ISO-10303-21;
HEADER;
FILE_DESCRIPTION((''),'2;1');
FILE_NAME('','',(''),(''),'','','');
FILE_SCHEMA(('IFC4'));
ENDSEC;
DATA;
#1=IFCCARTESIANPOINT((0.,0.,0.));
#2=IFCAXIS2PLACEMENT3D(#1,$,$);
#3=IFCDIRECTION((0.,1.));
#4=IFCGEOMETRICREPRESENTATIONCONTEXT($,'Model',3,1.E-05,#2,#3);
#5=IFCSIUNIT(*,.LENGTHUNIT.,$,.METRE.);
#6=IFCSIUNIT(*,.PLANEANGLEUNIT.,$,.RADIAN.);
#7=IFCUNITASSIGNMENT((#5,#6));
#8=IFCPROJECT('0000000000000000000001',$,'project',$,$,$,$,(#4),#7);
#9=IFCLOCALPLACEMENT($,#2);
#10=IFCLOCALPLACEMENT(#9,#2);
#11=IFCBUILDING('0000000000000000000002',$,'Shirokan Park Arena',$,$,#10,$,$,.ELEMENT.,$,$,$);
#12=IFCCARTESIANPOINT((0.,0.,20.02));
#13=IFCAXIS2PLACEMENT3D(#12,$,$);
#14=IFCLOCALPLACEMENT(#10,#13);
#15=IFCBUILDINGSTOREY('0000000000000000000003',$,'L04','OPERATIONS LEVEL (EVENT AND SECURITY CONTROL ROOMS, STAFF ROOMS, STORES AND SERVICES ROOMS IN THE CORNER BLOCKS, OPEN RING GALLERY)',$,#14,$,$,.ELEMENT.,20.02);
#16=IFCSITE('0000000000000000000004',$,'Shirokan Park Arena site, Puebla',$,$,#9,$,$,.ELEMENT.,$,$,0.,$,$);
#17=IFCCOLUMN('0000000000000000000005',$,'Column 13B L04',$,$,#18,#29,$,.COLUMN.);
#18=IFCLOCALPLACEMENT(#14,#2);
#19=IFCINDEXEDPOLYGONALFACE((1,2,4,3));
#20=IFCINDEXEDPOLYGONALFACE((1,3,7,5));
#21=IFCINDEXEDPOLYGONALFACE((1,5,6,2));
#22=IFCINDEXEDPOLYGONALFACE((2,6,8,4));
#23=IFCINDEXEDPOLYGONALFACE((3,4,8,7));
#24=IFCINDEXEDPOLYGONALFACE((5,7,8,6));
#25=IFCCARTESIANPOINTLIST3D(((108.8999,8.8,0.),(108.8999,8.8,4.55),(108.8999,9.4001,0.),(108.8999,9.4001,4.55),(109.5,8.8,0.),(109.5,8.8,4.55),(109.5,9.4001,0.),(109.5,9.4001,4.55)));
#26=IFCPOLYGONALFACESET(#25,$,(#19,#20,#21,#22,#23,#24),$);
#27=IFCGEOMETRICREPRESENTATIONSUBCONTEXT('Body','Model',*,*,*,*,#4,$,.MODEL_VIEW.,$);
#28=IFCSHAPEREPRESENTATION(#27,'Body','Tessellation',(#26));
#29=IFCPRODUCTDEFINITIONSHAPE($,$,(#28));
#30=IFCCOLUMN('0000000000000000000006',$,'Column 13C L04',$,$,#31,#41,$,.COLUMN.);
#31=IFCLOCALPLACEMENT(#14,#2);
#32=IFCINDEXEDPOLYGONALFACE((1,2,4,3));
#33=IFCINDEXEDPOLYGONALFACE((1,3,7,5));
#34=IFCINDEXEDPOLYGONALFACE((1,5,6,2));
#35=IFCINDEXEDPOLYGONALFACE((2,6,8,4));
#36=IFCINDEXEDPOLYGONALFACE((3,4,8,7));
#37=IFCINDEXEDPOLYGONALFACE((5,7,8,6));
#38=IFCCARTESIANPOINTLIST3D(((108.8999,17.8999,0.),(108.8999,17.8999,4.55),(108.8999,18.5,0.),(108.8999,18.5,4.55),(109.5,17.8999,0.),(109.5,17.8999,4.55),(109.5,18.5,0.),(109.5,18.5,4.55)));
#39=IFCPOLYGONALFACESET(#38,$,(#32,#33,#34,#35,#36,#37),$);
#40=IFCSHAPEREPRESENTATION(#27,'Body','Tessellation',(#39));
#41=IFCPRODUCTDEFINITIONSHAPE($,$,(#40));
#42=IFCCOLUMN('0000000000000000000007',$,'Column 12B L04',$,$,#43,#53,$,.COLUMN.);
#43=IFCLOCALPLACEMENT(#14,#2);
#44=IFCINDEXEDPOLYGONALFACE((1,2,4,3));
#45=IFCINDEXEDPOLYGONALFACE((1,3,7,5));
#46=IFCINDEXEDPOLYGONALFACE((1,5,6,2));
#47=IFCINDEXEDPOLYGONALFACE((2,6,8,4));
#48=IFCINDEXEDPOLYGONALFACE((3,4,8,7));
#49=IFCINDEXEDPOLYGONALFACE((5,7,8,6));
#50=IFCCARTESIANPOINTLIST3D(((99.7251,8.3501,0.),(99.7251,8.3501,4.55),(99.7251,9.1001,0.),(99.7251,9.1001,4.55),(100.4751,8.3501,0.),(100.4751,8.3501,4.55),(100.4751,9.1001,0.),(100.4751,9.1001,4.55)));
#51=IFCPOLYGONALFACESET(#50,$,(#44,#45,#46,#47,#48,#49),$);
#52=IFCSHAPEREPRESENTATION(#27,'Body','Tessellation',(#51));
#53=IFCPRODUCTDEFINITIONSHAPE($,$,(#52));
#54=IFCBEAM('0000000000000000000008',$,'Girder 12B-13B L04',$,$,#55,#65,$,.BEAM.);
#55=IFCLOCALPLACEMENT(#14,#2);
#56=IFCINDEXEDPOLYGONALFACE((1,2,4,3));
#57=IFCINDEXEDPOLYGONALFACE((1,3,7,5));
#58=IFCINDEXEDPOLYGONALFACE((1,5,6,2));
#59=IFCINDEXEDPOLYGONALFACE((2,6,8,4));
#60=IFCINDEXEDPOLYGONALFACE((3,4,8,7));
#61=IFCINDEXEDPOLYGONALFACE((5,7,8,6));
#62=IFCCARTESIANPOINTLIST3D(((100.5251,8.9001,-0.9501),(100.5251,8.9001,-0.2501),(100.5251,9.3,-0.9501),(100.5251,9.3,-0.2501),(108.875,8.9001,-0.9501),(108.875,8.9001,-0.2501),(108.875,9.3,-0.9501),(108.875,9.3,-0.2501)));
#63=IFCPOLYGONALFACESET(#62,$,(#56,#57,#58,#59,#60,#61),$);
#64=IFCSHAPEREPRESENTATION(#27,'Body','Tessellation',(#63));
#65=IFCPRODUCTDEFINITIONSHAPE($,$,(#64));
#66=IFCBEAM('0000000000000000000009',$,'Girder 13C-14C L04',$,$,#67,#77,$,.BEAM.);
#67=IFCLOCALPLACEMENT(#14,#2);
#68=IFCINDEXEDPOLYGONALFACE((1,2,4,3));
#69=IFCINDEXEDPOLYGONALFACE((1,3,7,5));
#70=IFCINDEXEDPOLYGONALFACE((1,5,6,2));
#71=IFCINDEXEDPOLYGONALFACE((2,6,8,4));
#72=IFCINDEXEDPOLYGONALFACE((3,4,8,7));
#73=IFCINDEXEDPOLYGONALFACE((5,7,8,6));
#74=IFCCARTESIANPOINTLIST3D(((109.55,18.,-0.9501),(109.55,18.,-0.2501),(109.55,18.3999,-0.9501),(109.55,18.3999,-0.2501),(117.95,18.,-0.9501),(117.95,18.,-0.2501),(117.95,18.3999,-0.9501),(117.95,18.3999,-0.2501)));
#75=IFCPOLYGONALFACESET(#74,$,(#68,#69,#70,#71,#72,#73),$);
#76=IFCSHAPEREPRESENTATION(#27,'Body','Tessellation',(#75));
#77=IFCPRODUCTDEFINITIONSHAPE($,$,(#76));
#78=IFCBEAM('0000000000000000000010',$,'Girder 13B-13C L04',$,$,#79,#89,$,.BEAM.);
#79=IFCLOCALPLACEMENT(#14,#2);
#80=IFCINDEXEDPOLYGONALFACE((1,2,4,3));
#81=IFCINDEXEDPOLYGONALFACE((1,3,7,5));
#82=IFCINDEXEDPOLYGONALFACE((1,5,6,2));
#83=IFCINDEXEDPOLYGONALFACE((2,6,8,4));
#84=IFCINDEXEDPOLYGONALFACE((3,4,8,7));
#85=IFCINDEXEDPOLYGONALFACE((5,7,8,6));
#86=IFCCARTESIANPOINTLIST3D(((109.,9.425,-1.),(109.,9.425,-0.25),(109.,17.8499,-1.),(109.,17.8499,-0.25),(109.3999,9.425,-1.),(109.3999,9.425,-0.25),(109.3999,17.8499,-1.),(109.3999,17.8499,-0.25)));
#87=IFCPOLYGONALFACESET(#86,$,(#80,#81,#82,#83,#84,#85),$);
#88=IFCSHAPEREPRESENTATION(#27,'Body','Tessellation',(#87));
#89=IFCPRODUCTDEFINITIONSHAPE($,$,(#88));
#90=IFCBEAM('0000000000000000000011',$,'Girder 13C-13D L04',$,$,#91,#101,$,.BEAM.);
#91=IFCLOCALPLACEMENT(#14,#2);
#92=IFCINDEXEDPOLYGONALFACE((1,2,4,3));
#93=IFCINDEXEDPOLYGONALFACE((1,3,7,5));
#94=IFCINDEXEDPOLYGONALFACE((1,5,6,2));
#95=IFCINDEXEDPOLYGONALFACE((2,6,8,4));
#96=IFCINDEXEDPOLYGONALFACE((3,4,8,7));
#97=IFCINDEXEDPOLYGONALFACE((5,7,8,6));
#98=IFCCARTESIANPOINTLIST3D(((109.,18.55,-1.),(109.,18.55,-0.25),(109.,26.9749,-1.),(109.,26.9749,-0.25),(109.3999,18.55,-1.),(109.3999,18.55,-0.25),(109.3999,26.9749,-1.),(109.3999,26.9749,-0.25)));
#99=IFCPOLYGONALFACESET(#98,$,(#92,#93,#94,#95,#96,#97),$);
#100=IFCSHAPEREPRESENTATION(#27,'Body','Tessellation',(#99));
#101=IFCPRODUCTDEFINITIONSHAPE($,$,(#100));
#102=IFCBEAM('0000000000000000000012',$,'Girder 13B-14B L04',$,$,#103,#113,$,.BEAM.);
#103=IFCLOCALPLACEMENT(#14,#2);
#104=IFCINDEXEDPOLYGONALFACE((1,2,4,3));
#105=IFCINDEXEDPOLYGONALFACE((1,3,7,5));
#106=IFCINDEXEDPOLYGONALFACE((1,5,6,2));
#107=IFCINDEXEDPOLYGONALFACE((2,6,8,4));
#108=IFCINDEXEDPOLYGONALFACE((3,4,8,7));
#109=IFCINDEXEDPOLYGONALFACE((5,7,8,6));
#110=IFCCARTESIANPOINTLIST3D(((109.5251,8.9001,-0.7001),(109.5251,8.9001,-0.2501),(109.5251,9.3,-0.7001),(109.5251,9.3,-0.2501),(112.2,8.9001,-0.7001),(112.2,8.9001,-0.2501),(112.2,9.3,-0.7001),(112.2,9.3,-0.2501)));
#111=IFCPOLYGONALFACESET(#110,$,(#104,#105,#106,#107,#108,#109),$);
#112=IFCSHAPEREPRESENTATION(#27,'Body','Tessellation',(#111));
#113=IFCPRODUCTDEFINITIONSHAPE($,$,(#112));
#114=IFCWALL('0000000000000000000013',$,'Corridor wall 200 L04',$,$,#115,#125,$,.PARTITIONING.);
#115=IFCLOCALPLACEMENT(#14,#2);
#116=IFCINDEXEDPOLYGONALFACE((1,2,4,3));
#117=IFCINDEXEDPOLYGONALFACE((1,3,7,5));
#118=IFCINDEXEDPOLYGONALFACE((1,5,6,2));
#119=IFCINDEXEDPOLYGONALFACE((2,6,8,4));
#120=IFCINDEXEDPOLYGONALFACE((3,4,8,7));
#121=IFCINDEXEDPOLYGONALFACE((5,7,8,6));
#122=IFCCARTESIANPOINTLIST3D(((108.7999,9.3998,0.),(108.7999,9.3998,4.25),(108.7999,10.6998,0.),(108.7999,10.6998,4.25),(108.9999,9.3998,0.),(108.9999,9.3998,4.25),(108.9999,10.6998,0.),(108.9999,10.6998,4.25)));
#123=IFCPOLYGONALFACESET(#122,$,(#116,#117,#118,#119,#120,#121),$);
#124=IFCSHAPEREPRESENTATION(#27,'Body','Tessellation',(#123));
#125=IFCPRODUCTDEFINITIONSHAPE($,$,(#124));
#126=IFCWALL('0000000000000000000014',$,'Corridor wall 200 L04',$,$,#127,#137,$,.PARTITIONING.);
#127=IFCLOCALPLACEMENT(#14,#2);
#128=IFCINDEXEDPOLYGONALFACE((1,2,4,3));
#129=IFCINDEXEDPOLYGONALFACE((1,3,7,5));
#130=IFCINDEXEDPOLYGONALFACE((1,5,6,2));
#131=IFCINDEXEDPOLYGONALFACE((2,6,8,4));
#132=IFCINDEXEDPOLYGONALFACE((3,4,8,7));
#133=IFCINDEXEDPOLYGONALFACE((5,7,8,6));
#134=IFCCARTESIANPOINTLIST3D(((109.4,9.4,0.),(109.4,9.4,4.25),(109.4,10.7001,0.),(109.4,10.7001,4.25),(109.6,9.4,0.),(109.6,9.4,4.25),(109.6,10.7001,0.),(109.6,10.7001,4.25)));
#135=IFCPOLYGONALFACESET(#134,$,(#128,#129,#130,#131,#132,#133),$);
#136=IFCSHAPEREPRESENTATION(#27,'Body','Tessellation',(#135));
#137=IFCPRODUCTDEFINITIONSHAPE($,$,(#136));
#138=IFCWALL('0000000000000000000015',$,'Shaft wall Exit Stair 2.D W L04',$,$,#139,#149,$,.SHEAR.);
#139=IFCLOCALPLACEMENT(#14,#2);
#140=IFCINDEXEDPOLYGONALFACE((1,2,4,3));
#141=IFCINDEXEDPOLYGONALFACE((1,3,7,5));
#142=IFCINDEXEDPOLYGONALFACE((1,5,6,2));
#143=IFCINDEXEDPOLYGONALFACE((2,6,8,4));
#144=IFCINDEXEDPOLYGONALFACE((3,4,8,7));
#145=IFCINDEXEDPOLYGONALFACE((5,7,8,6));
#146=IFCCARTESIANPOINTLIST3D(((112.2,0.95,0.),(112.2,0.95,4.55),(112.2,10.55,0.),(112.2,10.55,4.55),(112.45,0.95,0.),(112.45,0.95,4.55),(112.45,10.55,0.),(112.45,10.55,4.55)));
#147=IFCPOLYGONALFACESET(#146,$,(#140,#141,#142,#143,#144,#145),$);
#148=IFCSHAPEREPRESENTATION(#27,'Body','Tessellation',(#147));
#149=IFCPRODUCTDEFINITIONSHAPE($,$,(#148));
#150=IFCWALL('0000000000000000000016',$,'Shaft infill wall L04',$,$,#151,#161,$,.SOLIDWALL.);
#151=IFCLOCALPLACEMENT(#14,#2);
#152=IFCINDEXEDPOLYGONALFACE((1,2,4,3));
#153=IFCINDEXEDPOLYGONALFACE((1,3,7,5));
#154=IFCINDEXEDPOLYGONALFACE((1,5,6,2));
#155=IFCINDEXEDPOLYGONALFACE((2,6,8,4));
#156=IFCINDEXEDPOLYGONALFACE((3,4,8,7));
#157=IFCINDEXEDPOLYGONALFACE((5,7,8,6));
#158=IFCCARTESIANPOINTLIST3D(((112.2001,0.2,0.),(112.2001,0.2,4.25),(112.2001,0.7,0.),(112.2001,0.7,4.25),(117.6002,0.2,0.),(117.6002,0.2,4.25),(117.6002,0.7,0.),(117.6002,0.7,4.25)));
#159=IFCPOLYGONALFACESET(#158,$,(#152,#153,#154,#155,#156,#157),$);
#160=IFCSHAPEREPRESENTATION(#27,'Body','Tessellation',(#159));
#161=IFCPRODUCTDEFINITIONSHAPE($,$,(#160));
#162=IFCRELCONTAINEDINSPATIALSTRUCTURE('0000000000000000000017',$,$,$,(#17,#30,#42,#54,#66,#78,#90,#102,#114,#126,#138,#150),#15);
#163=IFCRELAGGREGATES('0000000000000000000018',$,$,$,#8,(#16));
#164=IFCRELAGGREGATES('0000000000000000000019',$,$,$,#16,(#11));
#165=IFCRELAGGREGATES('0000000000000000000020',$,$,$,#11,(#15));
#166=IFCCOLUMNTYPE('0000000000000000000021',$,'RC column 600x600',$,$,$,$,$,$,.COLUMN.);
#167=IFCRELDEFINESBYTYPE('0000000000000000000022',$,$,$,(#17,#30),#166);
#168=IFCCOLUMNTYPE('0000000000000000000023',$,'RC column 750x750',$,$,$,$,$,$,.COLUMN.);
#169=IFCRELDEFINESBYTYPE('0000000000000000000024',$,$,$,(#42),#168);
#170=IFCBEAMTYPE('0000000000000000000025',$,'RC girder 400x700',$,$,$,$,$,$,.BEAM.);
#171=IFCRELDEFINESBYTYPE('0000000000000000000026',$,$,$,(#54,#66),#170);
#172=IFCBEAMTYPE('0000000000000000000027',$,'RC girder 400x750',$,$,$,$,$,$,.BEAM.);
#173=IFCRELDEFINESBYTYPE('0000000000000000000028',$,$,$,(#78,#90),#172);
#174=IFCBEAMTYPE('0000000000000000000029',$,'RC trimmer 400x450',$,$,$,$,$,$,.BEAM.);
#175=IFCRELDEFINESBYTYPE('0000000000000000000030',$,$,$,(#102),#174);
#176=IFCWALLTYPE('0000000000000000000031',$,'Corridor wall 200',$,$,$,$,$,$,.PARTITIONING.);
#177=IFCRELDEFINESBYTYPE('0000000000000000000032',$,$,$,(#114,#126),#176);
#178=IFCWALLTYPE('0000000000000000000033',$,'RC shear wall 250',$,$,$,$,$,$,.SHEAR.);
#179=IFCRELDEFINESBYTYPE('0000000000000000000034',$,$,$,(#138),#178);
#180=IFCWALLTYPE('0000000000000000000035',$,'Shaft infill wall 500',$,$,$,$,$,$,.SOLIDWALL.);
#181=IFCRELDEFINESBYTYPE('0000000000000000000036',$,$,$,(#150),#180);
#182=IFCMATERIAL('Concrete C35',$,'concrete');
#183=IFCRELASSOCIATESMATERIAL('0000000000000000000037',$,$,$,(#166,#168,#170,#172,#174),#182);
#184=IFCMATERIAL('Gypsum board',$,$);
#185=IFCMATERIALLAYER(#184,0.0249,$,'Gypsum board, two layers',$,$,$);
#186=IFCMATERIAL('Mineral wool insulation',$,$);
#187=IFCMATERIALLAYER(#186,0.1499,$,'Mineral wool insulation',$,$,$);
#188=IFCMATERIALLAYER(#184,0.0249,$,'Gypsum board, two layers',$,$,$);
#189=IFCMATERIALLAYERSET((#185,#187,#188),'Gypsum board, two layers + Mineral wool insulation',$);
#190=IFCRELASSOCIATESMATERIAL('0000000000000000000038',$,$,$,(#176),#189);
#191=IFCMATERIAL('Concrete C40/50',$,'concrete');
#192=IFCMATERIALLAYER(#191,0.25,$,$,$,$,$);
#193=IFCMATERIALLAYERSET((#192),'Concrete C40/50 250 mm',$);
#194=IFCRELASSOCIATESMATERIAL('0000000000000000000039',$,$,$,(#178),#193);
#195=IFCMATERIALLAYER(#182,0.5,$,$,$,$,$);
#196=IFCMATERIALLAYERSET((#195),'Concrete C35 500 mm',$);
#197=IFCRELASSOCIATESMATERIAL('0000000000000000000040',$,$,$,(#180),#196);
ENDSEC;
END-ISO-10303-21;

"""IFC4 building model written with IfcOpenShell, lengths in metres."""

from ifc_helpers import new_model, si_unit, direction, frame, frame_2d, origin, origin_2d, place, context, subcontext, project, spatial, rectangle, extrude, material, layer, layer_set, material_profile, profile_set, type_object, element, save


model = new_model("IFC4")

# Units and contexts
model_context = context("Model", 3, precision=1e-05, world=origin(), true_north=direction((0.0, 1.0)))
body_context = subcontext(model_context, "Body", "Model", "MODEL_VIEW")
ifc_project = project(units=[si_unit("LENGTHUNIT", "METRE"), si_unit("PLANEANGLEUNIT", "RADIAN")], contexts=[model_context])

# Site, building, storey
site_placement = place(None, origin())
site = spatial("IfcSite", under=ifc_project, at=site_placement, Name="Shirokan Park Arena site, Puebla", CompositionType="ELEMENT", RefElevation=0.0)
building_placement = place(site_placement, origin())
building = spatial("IfcBuilding", under=site, at=building_placement, Name="Shirokan Park Arena", CompositionType="ELEMENT")
storey_placement = place(building_placement, frame((0.0, 0.0, 20.02)))
storey = spatial("IfcBuildingStorey", under=building, at=storey_placement, Name="L04", Description="OPERATIONS LEVEL (EVENT AND SECURITY CONTROL ROOMS, STAFF ROOMS, STORES AND SERVICES ROOMS IN THE CORNER BLOCKS, OPEN RING GALLERY)", CompositionType="ELEMENT", Elevation=20.02)

# Columns
ifc_material_1 = material(Name="Concrete C35", Category="concrete")
ifc_material_profile_1 = material_profile(ifc_material_1, rectangle(XDim=0.6001, YDim=0.6001, at=origin_2d()), Name="600x600")
ifc_profile_set_1 = profile_set([ifc_material_profile_1], Name="Concrete C35")
column_type_1 = type_object("IfcColumnType", Name="RC column 600x600", PredefinedType="COLUMN", material=ifc_profile_set_1)
for number, where, z_axis, x_axis, name in (
    (1, (109.2, 9.1001, 0.0), (0.0, 0.0, 1.0), (1.0, 0.0, 0.0), "Column 13B L04"),
    (2, (109.2, 18.2, 0.0), (0.0, 0.0, 1.0), (1.0, 0.0, 0.0), "Column 13C L04"),
):
    element("IfcColumn", number, at=place(storey_placement, frame(where, z_axis=z_axis, x_axis=x_axis)), inside=storey, type_object=column_type_1, Name=name, PredefinedType="COLUMN", context=body_context, shape_type="SweptSolid", body=[
        extrude(rectangle(XDim=0.6001, YDim=0.6001, at=origin_2d()), origin(), (0.0, 0.0, 1.0), 4.55),
    ])
ifc_material_profile_2 = material_profile(ifc_material_1, rectangle(XDim=0.75, YDim=0.75, at=origin_2d()), Name="750x750")
ifc_profile_set_2 = profile_set([ifc_material_profile_2], Name="Concrete C35")
column_type_2 = type_object("IfcColumnType", Name="RC column 750x750", PredefinedType="COLUMN", material=ifc_profile_set_2)
column_placement = place(storey_placement, frame((100.1001, 8.7251, 0.0), z_axis=(0.0, 0.0, 1.0), x_axis=(1.0, 0.0, 0.0)))
element("IfcColumn", 3, at=column_placement, inside=storey, type_object=column_type_2, Name="Column 12B L04", PredefinedType="COLUMN", context=body_context, shape_type="SweptSolid", body=[
    extrude(rectangle(XDim=0.75, YDim=0.75, at=origin_2d()), origin(), (0.0, 0.0, 1.0), 4.55),
])

# Beams
ifc_material_profile_3 = material_profile(ifc_material_1, rectangle(XDim=0.3999, YDim=0.7, at=origin_2d()), Name="400x700")
ifc_profile_set_3 = profile_set([ifc_material_profile_3], Name="Concrete C35")
beam_type_1 = type_object("IfcBeamType", Name="RC girder 400x700", PredefinedType="BEAM", material=ifc_profile_set_3)
beam_1_placement = place(storey_placement, frame((100.5251, 9.1001, -0.6001), z_axis=(1.0, 0.0, 0.0), x_axis=(0.0, 1.0, 0.0)))
element("IfcBeam", 4, at=beam_1_placement, inside=storey, type_object=beam_type_1, Name="Girder 12B-13B L04", PredefinedType="BEAM", context=body_context, shape_type="SweptSolid", body=[
    extrude(rectangle(XDim=0.3999, YDim=0.7, at=origin_2d()), origin(), (0.0, 0.0, 1.0), 8.3499),
])
beam_2_placement = place(storey_placement, frame((109.55, 18.2, -0.6001), z_axis=(1.0, 0.0, 0.0), x_axis=(0.0, 1.0, 0.0)))
element("IfcBeam", 5, at=beam_2_placement, inside=storey, type_object=beam_type_1, Name="Girder 13C-14C L04", PredefinedType="BEAM", context=body_context, shape_type="SweptSolid", body=[
    extrude(rectangle(XDim=0.3999, YDim=0.7, at=origin_2d()), origin(), (0.0, 0.0, 1.0), 8.3999),
])
ifc_material_profile_4 = material_profile(ifc_material_1, rectangle(XDim=0.3999, YDim=0.75, at=origin_2d()), Name="400x750")
ifc_profile_set_4 = profile_set([ifc_material_profile_4], Name="Concrete C35")
beam_type_2 = type_object("IfcBeamType", Name="RC girder 400x750", PredefinedType="BEAM", material=ifc_profile_set_4)
for number, where, z_axis, x_axis, name in (
    (6, (109.2, 9.425, -0.625), (0.0, 1.0, 0.0), (-1.0, 0.0, 0.0), "Girder 13B-13C L04"),
    (7, (109.2, 18.55, -0.625), (0.0, 1.0, 0.0), (-1.0, 0.0, 0.0), "Girder 13C-13D L04"),
):
    element("IfcBeam", number, at=place(storey_placement, frame(where, z_axis=z_axis, x_axis=x_axis)), inside=storey, type_object=beam_type_2, Name=name, PredefinedType="BEAM", context=body_context, shape_type="SweptSolid", body=[
        extrude(rectangle(XDim=0.3999, YDim=0.75, at=origin_2d()), origin(), (0.0, 0.0, 1.0), 8.4248),
    ])
ifc_material_profile_5 = material_profile(ifc_material_1, rectangle(XDim=0.3999, YDim=0.45, at=origin_2d()), Name="400x450")
ifc_profile_set_5 = profile_set([ifc_material_profile_5], Name="Concrete C35")
beam_type_3 = type_object("IfcBeamType", Name="RC trimmer 400x450", PredefinedType="BEAM", material=ifc_profile_set_5)
beam_3_placement = place(storey_placement, frame((109.5251, 9.1001, -0.4751), z_axis=(1.0, 0.0, 0.0), x_axis=(0.0, 1.0, 0.0)))
element("IfcBeam", 8, at=beam_3_placement, inside=storey, type_object=beam_type_3, Name="Girder 13B-14B L04", PredefinedType="BEAM", context=body_context, shape_type="SweptSolid", body=[
    extrude(rectangle(XDim=0.3999, YDim=0.45, at=origin_2d()), origin(), (0.0, 0.0, 1.0), 2.6748),
])

# Shared definitions
ifc_material_2 = material(Name="Gypsum board")
ifc_layer_1 = layer(ifc_material_2, 0.0249, Name="Gypsum board, two layers")
ifc_material_3 = material(Name="Mineral wool insulation")
ifc_layer_2 = layer(ifc_material_3, 0.1499, Name="Mineral wool insulation")
ifc_layer_3 = layer(ifc_material_2, 0.0249, Name="Gypsum board, two layers")
ifc_layer_set_1 = layer_set([ifc_layer_1, ifc_layer_2, ifc_layer_3], Name="Gypsum board, two layers + Mineral wool insulation")
wall_type_1 = type_object("IfcWallType", Name="Corridor wall 200", PredefinedType="PARTITIONING", material=ifc_layer_set_1)

# Wall
wall_1_placement = place(storey_placement, frame((108.8999, 9.3999, 0.0), z_axis=(0.0, 0.0, 1.0), x_axis=(0.0, 1.0, 0.0)))
element("IfcWall", 9, at=wall_1_placement, inside=storey, type_object=wall_type_1, Name="Corridor wall 200 L04", PredefinedType="PARTITIONING", context=body_context, shape_type="SweptSolid", body=[
    extrude(rectangle(XDim=1.3, YDim=0.2, at=frame_2d((0.6499, 0.0))), origin(), (0.0, 0.0, 1.0), 4.25),
])

# Wall
wall_2_placement = place(storey_placement, frame((109.5, 10.7, 0.0), z_axis=(0.0, 0.0, 1.0), x_axis=(0.0, -1.0, 0.0)))
element("IfcWall", 10, at=wall_2_placement, inside=storey, type_object=wall_type_1, Name="Corridor wall 200 L04", PredefinedType="PARTITIONING", context=body_context, shape_type="SweptSolid", body=[
    extrude(rectangle(XDim=1.3, YDim=0.2, at=frame_2d((0.6499, 0.0))), origin(), (0.0, 0.0, 1.0), 4.25),
])

# Walls
ifc_material_4 = material(Name="Concrete C40/50", Category="concrete")
ifc_layer_4 = layer(ifc_material_4, 0.25)
ifc_layer_set_2 = layer_set([ifc_layer_4], Name="Concrete C40/50 250 mm")
wall_type_2 = type_object("IfcWallType", Name="RC shear wall 250", PredefinedType="SHEAR", material=ifc_layer_set_2)
wall_3_placement = place(storey_placement, frame((112.325, 10.55, 0.0), z_axis=(0.0, 0.0, 1.0), x_axis=(0.0, -1.0, 0.0)))
element("IfcWall", 11, at=wall_3_placement, inside=storey, type_object=wall_type_2, Name="Shaft wall Exit Stair 2.D W L04", PredefinedType="SHEAR", context=body_context, shape_type="SweptSolid", body=[
    extrude(rectangle(XDim=9.6001, YDim=0.25, at=frame_2d((4.8, 0.0))), origin(), (0.0, 0.0, 1.0), 4.55),
])
ifc_layer_5 = layer(ifc_material_1, 0.5)
ifc_layer_set_3 = layer_set([ifc_layer_5], Name="Concrete C35 500 mm")
wall_type_3 = type_object("IfcWallType", Name="Shaft infill wall 500", PredefinedType="SOLIDWALL", material=ifc_layer_set_3)
wall_4_placement = place(storey_placement, frame((112.2, 0.45, 0.0), z_axis=(0.0, 0.0, 1.0), x_axis=(1.0, 0.0, 0.0)))
element("IfcWall", 12, at=wall_4_placement, inside=storey, type_object=wall_type_3, Name="Shaft infill wall L04", PredefinedType="SOLIDWALL", context=body_context, shape_type="SweptSolid", body=[
    extrude(rectangle(XDim=5.4001, YDim=0.5, at=frame_2d((2.7002, 0.0))), origin(), (0.0, 0.0, 1.0), 4.25),
])

save(model, "model.ifc")
